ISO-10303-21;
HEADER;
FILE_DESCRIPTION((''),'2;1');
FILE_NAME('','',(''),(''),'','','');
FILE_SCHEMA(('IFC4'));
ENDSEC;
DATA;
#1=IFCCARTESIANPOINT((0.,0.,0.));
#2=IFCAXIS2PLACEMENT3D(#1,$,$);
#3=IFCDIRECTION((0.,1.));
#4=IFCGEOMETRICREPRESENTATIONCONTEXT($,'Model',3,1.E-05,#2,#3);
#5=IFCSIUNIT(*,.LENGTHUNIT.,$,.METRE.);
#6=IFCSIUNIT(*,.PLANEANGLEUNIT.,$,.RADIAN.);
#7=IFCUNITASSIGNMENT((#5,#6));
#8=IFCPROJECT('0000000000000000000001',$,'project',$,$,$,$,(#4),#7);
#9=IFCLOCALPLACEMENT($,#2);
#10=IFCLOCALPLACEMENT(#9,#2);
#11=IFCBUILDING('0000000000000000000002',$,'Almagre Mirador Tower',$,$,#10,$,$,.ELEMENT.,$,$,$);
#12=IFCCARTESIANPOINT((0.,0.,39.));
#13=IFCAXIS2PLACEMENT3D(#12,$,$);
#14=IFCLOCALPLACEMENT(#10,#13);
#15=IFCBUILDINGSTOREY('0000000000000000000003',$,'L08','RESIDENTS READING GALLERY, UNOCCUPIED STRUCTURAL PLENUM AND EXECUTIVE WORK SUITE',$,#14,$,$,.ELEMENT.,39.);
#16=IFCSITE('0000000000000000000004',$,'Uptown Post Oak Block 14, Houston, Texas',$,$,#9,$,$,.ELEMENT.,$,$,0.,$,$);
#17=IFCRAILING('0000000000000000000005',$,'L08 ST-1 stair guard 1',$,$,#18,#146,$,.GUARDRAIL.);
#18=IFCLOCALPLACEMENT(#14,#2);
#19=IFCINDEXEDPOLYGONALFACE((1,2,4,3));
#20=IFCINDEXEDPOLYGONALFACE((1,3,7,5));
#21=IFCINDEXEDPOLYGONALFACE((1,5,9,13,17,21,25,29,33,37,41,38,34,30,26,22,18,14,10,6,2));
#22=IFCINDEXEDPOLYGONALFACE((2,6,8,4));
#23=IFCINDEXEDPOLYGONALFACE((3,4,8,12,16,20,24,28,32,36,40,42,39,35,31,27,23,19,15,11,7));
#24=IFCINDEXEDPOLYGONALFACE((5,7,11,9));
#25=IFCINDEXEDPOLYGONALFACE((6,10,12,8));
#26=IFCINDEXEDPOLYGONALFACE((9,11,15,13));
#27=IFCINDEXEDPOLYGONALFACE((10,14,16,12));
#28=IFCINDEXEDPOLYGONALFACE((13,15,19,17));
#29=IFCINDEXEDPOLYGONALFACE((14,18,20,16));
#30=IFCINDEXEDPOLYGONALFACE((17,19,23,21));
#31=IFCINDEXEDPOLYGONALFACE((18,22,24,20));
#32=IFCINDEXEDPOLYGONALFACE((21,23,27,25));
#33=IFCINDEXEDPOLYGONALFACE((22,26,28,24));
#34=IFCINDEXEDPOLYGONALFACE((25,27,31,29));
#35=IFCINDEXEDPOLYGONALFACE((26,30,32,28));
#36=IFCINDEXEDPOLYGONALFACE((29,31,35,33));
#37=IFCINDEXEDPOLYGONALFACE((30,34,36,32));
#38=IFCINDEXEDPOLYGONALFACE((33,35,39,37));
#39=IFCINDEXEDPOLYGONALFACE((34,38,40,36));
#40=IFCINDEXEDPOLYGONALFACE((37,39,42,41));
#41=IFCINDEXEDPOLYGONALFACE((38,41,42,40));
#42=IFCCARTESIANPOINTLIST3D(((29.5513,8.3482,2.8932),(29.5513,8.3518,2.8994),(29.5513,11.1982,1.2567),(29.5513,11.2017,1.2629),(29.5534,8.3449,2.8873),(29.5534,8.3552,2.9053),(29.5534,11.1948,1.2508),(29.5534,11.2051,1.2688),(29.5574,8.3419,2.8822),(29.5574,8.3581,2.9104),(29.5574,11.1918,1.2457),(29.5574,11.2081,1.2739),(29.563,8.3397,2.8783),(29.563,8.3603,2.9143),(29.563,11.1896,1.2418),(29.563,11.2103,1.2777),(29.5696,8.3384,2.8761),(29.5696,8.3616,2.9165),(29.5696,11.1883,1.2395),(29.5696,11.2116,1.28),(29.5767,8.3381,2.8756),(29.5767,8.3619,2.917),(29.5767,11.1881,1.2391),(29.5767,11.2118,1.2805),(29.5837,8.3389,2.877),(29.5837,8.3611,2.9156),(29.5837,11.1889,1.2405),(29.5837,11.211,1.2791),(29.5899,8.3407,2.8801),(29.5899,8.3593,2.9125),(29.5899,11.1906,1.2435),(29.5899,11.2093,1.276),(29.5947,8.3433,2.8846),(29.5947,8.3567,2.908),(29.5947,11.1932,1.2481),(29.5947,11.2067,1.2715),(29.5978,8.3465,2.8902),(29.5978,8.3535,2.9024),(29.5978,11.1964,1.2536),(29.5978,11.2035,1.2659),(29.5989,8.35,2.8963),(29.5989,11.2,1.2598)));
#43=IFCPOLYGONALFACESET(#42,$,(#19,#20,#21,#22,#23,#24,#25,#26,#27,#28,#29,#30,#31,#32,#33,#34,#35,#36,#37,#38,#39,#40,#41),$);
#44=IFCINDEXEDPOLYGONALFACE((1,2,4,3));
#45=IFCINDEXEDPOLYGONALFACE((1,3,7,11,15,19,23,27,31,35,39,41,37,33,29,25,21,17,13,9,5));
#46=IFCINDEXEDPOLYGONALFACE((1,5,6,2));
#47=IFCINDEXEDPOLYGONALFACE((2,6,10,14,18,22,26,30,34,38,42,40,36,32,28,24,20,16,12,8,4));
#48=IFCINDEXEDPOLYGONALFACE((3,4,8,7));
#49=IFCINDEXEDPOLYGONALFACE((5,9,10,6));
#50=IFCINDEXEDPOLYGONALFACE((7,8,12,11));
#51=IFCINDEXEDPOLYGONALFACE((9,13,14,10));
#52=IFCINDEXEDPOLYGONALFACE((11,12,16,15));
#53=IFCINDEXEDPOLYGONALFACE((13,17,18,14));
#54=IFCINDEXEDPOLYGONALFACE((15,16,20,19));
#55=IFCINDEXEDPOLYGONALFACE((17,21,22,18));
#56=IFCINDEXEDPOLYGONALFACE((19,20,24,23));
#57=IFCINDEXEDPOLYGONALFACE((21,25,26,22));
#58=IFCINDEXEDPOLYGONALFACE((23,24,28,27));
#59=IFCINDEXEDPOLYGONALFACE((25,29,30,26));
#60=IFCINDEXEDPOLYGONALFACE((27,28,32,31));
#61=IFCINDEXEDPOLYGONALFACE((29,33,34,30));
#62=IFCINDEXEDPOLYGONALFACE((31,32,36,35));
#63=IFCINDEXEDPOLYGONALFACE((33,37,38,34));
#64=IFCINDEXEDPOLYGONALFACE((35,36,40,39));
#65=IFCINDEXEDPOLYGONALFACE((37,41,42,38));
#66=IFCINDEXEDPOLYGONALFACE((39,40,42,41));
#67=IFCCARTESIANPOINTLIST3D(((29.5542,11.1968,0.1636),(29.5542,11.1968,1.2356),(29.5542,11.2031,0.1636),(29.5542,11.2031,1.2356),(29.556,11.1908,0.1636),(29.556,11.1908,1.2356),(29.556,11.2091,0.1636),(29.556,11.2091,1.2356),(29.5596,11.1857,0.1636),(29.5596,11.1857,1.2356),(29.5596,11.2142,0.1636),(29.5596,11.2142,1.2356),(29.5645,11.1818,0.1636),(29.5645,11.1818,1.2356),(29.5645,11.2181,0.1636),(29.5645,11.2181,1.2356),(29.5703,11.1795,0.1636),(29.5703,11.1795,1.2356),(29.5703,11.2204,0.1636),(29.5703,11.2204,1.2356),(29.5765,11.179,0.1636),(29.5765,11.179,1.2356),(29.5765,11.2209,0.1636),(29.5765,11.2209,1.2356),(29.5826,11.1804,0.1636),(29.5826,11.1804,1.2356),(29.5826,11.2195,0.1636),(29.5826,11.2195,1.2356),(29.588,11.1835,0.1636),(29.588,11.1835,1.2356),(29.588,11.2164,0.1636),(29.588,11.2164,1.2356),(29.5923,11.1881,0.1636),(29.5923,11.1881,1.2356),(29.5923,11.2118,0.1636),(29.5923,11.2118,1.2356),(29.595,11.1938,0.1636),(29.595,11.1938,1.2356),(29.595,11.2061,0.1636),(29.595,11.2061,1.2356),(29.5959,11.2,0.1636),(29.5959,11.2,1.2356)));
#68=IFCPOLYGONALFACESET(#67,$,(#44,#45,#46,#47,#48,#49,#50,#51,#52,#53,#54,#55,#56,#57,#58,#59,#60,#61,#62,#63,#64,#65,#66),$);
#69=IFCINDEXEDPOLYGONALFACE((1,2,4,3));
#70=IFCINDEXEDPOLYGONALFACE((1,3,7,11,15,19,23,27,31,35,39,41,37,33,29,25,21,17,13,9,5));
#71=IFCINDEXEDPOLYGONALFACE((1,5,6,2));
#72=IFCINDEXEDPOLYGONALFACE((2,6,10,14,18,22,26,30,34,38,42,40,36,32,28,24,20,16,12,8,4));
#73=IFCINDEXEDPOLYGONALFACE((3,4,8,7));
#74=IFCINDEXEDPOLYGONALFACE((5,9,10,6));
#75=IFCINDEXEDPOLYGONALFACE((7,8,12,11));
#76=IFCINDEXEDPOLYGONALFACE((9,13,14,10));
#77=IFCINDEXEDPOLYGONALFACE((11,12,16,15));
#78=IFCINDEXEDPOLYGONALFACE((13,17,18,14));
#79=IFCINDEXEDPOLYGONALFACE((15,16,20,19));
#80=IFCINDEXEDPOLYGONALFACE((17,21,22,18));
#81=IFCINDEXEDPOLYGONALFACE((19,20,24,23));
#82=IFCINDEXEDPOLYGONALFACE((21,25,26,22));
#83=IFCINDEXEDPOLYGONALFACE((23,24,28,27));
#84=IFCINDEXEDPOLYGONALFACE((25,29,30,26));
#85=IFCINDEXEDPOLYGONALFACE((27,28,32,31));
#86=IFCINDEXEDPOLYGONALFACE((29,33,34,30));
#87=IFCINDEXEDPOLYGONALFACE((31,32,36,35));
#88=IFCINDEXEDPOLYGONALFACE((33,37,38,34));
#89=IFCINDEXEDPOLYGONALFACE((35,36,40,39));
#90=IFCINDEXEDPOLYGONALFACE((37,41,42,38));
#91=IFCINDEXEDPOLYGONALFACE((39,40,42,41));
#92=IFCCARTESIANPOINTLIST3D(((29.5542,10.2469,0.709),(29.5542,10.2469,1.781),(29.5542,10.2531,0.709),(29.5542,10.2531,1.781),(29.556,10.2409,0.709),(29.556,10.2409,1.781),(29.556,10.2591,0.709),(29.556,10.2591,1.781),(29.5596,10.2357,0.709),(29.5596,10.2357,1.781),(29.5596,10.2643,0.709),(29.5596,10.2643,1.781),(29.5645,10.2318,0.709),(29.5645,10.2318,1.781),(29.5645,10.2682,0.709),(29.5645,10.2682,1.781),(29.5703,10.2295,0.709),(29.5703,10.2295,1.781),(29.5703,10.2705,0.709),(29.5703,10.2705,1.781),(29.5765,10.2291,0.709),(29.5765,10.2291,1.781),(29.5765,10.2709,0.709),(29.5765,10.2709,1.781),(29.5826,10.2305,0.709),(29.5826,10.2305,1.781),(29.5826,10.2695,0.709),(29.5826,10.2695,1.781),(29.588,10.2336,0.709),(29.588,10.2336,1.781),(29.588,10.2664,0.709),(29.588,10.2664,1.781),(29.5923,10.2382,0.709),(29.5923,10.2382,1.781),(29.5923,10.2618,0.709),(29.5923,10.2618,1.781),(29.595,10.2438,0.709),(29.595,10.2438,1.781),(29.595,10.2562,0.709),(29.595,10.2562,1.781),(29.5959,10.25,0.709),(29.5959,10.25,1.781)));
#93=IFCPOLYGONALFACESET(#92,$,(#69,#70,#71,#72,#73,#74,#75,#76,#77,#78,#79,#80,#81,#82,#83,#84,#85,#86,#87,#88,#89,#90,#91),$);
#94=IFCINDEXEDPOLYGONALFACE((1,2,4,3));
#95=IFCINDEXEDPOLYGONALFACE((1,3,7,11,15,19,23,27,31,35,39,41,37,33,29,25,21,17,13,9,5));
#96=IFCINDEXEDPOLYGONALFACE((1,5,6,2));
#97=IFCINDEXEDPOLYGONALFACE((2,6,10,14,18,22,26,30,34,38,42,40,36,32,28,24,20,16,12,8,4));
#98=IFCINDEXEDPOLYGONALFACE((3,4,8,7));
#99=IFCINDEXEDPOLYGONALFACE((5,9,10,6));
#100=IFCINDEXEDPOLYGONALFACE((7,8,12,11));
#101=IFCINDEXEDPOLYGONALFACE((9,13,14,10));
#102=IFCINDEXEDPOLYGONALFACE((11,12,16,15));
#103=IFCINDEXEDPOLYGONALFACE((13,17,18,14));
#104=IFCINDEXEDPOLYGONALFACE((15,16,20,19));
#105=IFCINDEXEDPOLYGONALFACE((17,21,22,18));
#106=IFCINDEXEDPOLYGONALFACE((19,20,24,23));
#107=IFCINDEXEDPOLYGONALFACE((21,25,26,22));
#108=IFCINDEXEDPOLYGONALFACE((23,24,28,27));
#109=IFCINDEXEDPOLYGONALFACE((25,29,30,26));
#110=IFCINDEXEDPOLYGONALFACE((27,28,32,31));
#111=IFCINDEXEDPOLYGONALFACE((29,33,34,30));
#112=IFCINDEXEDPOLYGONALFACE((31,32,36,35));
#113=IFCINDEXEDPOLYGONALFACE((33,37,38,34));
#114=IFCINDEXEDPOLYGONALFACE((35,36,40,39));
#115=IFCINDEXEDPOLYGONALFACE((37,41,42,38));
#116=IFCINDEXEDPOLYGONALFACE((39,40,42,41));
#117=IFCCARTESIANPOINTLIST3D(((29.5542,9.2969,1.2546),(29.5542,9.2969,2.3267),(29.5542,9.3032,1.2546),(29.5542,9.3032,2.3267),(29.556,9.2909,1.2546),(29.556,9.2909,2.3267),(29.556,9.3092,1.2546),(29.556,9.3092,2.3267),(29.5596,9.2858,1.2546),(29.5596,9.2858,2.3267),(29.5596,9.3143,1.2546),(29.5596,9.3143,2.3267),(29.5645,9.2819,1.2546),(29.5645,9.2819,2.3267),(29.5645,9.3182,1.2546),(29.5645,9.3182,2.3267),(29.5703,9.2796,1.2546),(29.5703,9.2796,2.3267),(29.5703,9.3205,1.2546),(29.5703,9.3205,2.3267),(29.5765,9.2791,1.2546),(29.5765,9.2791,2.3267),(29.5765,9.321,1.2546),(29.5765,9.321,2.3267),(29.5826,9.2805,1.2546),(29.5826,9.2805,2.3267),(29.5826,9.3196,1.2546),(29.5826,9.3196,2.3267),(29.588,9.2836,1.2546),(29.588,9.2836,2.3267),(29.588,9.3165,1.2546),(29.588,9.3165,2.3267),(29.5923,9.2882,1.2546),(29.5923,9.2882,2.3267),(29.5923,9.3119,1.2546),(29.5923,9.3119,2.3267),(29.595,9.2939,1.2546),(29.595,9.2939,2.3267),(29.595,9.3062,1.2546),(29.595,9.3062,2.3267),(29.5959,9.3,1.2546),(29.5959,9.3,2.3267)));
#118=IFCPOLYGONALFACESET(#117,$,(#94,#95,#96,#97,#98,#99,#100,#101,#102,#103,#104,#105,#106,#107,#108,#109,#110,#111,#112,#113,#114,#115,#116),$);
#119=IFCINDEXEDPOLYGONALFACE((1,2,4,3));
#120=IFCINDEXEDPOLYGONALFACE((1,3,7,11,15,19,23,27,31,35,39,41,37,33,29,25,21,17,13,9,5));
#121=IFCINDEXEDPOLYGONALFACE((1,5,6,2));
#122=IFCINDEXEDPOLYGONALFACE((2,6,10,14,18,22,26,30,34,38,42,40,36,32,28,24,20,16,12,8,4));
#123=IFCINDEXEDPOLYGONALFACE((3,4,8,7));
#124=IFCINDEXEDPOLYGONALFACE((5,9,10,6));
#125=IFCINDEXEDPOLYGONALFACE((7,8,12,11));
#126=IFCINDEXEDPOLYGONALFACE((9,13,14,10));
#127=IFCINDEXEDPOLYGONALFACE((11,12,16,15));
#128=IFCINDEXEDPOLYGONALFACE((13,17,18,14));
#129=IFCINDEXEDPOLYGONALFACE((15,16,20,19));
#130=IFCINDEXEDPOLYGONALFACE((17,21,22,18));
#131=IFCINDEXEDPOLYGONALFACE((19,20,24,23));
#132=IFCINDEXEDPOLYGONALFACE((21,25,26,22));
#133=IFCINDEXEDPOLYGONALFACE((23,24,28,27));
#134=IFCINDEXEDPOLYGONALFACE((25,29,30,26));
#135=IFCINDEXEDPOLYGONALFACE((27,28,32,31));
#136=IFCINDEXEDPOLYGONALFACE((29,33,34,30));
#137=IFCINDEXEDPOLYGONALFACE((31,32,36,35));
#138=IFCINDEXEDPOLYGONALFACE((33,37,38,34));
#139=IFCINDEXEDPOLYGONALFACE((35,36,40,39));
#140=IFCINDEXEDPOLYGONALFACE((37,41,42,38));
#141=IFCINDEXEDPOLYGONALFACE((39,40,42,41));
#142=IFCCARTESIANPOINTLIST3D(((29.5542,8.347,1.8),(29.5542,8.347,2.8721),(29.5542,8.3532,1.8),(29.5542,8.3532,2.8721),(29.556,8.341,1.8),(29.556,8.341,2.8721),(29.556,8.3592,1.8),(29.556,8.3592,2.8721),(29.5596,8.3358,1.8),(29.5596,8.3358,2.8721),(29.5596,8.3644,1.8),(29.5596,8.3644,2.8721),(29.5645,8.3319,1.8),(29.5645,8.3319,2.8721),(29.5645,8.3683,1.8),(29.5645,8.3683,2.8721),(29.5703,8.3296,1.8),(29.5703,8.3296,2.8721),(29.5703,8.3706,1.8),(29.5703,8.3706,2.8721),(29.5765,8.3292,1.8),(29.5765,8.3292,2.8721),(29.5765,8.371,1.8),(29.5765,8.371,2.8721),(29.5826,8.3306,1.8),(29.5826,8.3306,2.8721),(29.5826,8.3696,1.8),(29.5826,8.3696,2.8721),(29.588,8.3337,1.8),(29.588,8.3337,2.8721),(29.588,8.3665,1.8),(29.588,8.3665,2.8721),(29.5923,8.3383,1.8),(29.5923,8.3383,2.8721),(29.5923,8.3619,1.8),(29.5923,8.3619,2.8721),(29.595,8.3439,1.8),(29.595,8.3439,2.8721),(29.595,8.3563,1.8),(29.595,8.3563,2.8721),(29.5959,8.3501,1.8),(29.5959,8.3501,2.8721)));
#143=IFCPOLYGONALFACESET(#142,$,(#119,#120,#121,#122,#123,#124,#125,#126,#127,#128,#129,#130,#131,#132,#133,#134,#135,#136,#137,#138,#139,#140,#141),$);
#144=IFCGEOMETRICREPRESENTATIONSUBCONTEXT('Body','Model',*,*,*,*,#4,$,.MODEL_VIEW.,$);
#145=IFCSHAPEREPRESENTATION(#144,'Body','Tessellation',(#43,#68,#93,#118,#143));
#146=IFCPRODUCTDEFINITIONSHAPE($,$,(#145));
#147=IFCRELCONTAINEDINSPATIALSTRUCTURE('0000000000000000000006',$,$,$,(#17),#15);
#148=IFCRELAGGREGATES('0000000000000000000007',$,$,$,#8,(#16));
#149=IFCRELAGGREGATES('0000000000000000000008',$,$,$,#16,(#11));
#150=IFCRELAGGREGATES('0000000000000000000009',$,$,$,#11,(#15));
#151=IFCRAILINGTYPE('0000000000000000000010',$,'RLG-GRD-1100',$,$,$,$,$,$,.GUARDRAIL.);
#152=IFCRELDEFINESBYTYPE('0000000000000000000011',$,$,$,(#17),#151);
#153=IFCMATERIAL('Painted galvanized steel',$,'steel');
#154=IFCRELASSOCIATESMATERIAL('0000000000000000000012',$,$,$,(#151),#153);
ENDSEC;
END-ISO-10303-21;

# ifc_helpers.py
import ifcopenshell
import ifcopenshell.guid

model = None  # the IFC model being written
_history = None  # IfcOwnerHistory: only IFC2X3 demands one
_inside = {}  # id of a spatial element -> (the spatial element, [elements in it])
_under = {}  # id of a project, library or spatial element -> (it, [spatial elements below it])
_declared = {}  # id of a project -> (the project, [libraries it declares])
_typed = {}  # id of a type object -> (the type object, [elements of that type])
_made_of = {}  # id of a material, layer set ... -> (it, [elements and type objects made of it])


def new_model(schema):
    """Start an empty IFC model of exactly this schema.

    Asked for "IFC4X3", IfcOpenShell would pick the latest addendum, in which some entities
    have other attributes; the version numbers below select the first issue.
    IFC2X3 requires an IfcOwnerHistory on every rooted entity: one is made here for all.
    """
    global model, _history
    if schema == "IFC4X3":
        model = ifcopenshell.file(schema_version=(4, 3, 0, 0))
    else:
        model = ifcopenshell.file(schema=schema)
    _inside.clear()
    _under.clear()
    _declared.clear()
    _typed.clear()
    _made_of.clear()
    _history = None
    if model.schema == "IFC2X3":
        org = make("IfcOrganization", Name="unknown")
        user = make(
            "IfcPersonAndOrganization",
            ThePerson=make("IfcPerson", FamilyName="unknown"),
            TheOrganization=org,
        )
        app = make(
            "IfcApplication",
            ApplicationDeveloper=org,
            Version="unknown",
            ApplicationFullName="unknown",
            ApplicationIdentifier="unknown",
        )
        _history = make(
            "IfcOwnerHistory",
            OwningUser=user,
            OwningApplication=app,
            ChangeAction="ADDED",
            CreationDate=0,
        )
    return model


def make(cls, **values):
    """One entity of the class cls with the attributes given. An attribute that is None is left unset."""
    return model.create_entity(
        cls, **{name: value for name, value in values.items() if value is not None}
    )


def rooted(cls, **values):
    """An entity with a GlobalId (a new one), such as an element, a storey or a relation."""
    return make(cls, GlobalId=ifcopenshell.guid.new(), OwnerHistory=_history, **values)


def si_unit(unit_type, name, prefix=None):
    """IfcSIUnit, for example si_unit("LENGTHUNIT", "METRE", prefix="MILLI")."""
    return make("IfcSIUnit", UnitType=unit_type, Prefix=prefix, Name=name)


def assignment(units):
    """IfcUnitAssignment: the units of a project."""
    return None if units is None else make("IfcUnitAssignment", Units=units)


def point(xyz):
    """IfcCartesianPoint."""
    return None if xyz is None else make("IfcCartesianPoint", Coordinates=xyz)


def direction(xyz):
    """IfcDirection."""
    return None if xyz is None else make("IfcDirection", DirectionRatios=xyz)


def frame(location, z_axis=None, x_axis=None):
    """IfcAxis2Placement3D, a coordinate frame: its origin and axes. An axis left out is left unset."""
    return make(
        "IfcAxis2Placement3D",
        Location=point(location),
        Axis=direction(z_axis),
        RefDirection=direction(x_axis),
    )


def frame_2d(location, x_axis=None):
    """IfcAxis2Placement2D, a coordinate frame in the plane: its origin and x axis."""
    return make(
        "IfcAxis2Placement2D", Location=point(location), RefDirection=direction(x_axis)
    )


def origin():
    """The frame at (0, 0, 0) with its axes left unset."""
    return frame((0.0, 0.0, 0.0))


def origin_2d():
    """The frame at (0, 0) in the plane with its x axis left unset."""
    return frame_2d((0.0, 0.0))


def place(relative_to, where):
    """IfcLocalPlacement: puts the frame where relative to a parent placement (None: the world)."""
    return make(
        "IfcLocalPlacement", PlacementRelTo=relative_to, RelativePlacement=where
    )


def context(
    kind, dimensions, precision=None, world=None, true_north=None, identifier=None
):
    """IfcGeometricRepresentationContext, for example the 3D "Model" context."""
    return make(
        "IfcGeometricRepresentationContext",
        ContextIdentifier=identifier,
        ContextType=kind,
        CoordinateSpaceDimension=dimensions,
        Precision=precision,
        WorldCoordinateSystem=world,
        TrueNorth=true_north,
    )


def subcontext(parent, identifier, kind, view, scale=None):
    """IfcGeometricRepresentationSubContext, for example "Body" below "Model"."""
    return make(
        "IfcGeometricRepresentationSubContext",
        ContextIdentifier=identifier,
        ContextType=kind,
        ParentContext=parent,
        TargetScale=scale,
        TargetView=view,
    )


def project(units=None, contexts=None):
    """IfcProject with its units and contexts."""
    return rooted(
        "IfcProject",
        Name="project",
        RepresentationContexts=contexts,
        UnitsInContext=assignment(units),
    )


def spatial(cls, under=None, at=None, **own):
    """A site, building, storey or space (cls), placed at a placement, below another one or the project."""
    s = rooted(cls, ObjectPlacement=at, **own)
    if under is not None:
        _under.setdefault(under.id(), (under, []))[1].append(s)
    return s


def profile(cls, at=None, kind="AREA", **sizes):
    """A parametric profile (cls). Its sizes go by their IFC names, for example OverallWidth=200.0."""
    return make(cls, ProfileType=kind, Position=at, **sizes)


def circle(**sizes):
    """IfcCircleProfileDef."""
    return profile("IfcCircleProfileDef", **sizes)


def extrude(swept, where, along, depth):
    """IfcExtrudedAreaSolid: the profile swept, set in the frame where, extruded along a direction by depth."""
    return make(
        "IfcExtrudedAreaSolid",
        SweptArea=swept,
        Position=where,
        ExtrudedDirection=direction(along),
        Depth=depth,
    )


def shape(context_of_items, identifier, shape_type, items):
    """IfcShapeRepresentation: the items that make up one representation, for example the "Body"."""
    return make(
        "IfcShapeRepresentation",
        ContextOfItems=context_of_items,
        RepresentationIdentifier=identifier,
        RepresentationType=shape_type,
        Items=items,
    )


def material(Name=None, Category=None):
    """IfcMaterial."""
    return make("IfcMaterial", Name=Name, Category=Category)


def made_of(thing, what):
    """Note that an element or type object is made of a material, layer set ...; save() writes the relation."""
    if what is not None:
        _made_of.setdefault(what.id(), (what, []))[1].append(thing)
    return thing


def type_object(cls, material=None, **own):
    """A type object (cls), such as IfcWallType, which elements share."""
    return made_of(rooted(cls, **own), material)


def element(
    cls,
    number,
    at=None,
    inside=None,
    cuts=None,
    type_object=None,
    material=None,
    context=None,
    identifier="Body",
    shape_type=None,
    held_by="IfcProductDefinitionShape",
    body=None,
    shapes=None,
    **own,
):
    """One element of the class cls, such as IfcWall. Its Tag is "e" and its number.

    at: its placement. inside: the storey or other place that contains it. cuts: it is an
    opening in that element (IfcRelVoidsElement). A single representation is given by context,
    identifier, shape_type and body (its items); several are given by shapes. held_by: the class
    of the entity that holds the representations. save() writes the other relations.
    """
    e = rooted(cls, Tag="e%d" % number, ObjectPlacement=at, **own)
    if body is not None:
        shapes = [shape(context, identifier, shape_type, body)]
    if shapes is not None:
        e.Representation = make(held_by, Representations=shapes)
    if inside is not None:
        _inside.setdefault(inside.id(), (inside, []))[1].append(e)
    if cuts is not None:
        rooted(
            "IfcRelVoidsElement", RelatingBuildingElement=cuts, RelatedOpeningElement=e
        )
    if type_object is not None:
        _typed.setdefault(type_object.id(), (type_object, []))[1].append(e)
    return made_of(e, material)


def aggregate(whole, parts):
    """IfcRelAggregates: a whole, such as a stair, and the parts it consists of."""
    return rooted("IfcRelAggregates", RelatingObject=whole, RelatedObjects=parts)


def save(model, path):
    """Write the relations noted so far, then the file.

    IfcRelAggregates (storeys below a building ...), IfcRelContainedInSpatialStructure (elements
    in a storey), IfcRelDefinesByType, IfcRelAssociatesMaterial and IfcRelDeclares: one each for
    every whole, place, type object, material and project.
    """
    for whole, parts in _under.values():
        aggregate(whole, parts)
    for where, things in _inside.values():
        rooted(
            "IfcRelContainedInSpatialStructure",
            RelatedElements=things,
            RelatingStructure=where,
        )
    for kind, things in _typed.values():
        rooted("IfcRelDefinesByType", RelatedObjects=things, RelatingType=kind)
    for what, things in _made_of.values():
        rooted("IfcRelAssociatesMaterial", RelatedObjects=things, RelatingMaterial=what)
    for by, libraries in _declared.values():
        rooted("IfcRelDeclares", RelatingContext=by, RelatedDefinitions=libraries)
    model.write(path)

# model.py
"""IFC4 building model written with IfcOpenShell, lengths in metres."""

from ifc_helpers import new_model, si_unit, direction, frame, origin, origin_2d, place, context, subcontext, project, spatial, circle, extrude, material, type_object, element, save


model = new_model("IFC4")

# Units and contexts
model_context = context("Model", 3, precision=1e-05, world=origin(), true_north=direction((0.0, 1.0)))
body_context = subcontext(model_context, "Body", "Model", "MODEL_VIEW")
ifc_project = project(units=[si_unit("LENGTHUNIT", "METRE"), si_unit("PLANEANGLEUNIT", "RADIAN")], contexts=[model_context])

# Site, building, storey
site_placement = place(None, origin())
site = spatial("IfcSite", under=ifc_project, at=site_placement, Name="Uptown Post Oak Block 14, Houston, Texas", CompositionType="ELEMENT", RefElevation=0.0)
building_placement = place(site_placement, origin())
building = spatial("IfcBuilding", under=site, at=building_placement, Name="Almagre Mirador Tower", CompositionType="ELEMENT")
storey_placement = place(building_placement, frame((0.0, 0.0, 39.0)))
storey = spatial("IfcBuildingStorey", under=building, at=storey_placement, Name="L08", Description="RESIDENTS READING GALLERY, UNOCCUPIED STRUCTURAL PLENUM AND EXECUTIVE WORK SUITE", CompositionType="ELEMENT", Elevation=39.0)

# Railing
ifc_material_1 = material(Name="Painted galvanized steel", Category="steel")
railing_type_1 = type_object("IfcRailingType", Name="RLG-GRD-1100", PredefinedType="GUARDRAIL", material=ifc_material_1)
railing_1_placement = place(storey_placement, frame((29.575, 11.2, 0.1636)))
element("IfcRailing", 1, at=railing_1_placement, inside=storey, type_object=railing_type_1, Name="L08 ST-1 stair guard 1", PredefinedType="GUARDRAIL", context=body_context, shape_type="SweptSolid", body=[
    extrude(circle(Radius=0.0239, at=origin_2d()), frame((0.0, 0.0, 1.0962), z_axis=(0.0, -0.867194, 0.49797), x_axis=(1.0, 0.0, 0.0)), (0.0, 0.0, 1.0), 3.2864),
    extrude(circle(Radius=0.021, at=origin_2d()), origin(), (0.0, 0.0, 1.0), 1.072),
    extrude(circle(Radius=0.021, at=origin_2d()), frame((0.0, -0.95, 0.5454)), (0.0, 0.0, 1.0), 1.072),
    extrude(circle(Radius=0.021, at=origin_2d()), frame((0.0, -1.8999, 1.0911)), (0.0, 0.0, 1.0), 1.072),
    extrude(circle(Radius=0.021, at=origin_2d()), frame((0.0, -2.8499, 1.6365)), (0.0, 0.0, 1.0), 1.072),
])

save(model, "model.ifc")
